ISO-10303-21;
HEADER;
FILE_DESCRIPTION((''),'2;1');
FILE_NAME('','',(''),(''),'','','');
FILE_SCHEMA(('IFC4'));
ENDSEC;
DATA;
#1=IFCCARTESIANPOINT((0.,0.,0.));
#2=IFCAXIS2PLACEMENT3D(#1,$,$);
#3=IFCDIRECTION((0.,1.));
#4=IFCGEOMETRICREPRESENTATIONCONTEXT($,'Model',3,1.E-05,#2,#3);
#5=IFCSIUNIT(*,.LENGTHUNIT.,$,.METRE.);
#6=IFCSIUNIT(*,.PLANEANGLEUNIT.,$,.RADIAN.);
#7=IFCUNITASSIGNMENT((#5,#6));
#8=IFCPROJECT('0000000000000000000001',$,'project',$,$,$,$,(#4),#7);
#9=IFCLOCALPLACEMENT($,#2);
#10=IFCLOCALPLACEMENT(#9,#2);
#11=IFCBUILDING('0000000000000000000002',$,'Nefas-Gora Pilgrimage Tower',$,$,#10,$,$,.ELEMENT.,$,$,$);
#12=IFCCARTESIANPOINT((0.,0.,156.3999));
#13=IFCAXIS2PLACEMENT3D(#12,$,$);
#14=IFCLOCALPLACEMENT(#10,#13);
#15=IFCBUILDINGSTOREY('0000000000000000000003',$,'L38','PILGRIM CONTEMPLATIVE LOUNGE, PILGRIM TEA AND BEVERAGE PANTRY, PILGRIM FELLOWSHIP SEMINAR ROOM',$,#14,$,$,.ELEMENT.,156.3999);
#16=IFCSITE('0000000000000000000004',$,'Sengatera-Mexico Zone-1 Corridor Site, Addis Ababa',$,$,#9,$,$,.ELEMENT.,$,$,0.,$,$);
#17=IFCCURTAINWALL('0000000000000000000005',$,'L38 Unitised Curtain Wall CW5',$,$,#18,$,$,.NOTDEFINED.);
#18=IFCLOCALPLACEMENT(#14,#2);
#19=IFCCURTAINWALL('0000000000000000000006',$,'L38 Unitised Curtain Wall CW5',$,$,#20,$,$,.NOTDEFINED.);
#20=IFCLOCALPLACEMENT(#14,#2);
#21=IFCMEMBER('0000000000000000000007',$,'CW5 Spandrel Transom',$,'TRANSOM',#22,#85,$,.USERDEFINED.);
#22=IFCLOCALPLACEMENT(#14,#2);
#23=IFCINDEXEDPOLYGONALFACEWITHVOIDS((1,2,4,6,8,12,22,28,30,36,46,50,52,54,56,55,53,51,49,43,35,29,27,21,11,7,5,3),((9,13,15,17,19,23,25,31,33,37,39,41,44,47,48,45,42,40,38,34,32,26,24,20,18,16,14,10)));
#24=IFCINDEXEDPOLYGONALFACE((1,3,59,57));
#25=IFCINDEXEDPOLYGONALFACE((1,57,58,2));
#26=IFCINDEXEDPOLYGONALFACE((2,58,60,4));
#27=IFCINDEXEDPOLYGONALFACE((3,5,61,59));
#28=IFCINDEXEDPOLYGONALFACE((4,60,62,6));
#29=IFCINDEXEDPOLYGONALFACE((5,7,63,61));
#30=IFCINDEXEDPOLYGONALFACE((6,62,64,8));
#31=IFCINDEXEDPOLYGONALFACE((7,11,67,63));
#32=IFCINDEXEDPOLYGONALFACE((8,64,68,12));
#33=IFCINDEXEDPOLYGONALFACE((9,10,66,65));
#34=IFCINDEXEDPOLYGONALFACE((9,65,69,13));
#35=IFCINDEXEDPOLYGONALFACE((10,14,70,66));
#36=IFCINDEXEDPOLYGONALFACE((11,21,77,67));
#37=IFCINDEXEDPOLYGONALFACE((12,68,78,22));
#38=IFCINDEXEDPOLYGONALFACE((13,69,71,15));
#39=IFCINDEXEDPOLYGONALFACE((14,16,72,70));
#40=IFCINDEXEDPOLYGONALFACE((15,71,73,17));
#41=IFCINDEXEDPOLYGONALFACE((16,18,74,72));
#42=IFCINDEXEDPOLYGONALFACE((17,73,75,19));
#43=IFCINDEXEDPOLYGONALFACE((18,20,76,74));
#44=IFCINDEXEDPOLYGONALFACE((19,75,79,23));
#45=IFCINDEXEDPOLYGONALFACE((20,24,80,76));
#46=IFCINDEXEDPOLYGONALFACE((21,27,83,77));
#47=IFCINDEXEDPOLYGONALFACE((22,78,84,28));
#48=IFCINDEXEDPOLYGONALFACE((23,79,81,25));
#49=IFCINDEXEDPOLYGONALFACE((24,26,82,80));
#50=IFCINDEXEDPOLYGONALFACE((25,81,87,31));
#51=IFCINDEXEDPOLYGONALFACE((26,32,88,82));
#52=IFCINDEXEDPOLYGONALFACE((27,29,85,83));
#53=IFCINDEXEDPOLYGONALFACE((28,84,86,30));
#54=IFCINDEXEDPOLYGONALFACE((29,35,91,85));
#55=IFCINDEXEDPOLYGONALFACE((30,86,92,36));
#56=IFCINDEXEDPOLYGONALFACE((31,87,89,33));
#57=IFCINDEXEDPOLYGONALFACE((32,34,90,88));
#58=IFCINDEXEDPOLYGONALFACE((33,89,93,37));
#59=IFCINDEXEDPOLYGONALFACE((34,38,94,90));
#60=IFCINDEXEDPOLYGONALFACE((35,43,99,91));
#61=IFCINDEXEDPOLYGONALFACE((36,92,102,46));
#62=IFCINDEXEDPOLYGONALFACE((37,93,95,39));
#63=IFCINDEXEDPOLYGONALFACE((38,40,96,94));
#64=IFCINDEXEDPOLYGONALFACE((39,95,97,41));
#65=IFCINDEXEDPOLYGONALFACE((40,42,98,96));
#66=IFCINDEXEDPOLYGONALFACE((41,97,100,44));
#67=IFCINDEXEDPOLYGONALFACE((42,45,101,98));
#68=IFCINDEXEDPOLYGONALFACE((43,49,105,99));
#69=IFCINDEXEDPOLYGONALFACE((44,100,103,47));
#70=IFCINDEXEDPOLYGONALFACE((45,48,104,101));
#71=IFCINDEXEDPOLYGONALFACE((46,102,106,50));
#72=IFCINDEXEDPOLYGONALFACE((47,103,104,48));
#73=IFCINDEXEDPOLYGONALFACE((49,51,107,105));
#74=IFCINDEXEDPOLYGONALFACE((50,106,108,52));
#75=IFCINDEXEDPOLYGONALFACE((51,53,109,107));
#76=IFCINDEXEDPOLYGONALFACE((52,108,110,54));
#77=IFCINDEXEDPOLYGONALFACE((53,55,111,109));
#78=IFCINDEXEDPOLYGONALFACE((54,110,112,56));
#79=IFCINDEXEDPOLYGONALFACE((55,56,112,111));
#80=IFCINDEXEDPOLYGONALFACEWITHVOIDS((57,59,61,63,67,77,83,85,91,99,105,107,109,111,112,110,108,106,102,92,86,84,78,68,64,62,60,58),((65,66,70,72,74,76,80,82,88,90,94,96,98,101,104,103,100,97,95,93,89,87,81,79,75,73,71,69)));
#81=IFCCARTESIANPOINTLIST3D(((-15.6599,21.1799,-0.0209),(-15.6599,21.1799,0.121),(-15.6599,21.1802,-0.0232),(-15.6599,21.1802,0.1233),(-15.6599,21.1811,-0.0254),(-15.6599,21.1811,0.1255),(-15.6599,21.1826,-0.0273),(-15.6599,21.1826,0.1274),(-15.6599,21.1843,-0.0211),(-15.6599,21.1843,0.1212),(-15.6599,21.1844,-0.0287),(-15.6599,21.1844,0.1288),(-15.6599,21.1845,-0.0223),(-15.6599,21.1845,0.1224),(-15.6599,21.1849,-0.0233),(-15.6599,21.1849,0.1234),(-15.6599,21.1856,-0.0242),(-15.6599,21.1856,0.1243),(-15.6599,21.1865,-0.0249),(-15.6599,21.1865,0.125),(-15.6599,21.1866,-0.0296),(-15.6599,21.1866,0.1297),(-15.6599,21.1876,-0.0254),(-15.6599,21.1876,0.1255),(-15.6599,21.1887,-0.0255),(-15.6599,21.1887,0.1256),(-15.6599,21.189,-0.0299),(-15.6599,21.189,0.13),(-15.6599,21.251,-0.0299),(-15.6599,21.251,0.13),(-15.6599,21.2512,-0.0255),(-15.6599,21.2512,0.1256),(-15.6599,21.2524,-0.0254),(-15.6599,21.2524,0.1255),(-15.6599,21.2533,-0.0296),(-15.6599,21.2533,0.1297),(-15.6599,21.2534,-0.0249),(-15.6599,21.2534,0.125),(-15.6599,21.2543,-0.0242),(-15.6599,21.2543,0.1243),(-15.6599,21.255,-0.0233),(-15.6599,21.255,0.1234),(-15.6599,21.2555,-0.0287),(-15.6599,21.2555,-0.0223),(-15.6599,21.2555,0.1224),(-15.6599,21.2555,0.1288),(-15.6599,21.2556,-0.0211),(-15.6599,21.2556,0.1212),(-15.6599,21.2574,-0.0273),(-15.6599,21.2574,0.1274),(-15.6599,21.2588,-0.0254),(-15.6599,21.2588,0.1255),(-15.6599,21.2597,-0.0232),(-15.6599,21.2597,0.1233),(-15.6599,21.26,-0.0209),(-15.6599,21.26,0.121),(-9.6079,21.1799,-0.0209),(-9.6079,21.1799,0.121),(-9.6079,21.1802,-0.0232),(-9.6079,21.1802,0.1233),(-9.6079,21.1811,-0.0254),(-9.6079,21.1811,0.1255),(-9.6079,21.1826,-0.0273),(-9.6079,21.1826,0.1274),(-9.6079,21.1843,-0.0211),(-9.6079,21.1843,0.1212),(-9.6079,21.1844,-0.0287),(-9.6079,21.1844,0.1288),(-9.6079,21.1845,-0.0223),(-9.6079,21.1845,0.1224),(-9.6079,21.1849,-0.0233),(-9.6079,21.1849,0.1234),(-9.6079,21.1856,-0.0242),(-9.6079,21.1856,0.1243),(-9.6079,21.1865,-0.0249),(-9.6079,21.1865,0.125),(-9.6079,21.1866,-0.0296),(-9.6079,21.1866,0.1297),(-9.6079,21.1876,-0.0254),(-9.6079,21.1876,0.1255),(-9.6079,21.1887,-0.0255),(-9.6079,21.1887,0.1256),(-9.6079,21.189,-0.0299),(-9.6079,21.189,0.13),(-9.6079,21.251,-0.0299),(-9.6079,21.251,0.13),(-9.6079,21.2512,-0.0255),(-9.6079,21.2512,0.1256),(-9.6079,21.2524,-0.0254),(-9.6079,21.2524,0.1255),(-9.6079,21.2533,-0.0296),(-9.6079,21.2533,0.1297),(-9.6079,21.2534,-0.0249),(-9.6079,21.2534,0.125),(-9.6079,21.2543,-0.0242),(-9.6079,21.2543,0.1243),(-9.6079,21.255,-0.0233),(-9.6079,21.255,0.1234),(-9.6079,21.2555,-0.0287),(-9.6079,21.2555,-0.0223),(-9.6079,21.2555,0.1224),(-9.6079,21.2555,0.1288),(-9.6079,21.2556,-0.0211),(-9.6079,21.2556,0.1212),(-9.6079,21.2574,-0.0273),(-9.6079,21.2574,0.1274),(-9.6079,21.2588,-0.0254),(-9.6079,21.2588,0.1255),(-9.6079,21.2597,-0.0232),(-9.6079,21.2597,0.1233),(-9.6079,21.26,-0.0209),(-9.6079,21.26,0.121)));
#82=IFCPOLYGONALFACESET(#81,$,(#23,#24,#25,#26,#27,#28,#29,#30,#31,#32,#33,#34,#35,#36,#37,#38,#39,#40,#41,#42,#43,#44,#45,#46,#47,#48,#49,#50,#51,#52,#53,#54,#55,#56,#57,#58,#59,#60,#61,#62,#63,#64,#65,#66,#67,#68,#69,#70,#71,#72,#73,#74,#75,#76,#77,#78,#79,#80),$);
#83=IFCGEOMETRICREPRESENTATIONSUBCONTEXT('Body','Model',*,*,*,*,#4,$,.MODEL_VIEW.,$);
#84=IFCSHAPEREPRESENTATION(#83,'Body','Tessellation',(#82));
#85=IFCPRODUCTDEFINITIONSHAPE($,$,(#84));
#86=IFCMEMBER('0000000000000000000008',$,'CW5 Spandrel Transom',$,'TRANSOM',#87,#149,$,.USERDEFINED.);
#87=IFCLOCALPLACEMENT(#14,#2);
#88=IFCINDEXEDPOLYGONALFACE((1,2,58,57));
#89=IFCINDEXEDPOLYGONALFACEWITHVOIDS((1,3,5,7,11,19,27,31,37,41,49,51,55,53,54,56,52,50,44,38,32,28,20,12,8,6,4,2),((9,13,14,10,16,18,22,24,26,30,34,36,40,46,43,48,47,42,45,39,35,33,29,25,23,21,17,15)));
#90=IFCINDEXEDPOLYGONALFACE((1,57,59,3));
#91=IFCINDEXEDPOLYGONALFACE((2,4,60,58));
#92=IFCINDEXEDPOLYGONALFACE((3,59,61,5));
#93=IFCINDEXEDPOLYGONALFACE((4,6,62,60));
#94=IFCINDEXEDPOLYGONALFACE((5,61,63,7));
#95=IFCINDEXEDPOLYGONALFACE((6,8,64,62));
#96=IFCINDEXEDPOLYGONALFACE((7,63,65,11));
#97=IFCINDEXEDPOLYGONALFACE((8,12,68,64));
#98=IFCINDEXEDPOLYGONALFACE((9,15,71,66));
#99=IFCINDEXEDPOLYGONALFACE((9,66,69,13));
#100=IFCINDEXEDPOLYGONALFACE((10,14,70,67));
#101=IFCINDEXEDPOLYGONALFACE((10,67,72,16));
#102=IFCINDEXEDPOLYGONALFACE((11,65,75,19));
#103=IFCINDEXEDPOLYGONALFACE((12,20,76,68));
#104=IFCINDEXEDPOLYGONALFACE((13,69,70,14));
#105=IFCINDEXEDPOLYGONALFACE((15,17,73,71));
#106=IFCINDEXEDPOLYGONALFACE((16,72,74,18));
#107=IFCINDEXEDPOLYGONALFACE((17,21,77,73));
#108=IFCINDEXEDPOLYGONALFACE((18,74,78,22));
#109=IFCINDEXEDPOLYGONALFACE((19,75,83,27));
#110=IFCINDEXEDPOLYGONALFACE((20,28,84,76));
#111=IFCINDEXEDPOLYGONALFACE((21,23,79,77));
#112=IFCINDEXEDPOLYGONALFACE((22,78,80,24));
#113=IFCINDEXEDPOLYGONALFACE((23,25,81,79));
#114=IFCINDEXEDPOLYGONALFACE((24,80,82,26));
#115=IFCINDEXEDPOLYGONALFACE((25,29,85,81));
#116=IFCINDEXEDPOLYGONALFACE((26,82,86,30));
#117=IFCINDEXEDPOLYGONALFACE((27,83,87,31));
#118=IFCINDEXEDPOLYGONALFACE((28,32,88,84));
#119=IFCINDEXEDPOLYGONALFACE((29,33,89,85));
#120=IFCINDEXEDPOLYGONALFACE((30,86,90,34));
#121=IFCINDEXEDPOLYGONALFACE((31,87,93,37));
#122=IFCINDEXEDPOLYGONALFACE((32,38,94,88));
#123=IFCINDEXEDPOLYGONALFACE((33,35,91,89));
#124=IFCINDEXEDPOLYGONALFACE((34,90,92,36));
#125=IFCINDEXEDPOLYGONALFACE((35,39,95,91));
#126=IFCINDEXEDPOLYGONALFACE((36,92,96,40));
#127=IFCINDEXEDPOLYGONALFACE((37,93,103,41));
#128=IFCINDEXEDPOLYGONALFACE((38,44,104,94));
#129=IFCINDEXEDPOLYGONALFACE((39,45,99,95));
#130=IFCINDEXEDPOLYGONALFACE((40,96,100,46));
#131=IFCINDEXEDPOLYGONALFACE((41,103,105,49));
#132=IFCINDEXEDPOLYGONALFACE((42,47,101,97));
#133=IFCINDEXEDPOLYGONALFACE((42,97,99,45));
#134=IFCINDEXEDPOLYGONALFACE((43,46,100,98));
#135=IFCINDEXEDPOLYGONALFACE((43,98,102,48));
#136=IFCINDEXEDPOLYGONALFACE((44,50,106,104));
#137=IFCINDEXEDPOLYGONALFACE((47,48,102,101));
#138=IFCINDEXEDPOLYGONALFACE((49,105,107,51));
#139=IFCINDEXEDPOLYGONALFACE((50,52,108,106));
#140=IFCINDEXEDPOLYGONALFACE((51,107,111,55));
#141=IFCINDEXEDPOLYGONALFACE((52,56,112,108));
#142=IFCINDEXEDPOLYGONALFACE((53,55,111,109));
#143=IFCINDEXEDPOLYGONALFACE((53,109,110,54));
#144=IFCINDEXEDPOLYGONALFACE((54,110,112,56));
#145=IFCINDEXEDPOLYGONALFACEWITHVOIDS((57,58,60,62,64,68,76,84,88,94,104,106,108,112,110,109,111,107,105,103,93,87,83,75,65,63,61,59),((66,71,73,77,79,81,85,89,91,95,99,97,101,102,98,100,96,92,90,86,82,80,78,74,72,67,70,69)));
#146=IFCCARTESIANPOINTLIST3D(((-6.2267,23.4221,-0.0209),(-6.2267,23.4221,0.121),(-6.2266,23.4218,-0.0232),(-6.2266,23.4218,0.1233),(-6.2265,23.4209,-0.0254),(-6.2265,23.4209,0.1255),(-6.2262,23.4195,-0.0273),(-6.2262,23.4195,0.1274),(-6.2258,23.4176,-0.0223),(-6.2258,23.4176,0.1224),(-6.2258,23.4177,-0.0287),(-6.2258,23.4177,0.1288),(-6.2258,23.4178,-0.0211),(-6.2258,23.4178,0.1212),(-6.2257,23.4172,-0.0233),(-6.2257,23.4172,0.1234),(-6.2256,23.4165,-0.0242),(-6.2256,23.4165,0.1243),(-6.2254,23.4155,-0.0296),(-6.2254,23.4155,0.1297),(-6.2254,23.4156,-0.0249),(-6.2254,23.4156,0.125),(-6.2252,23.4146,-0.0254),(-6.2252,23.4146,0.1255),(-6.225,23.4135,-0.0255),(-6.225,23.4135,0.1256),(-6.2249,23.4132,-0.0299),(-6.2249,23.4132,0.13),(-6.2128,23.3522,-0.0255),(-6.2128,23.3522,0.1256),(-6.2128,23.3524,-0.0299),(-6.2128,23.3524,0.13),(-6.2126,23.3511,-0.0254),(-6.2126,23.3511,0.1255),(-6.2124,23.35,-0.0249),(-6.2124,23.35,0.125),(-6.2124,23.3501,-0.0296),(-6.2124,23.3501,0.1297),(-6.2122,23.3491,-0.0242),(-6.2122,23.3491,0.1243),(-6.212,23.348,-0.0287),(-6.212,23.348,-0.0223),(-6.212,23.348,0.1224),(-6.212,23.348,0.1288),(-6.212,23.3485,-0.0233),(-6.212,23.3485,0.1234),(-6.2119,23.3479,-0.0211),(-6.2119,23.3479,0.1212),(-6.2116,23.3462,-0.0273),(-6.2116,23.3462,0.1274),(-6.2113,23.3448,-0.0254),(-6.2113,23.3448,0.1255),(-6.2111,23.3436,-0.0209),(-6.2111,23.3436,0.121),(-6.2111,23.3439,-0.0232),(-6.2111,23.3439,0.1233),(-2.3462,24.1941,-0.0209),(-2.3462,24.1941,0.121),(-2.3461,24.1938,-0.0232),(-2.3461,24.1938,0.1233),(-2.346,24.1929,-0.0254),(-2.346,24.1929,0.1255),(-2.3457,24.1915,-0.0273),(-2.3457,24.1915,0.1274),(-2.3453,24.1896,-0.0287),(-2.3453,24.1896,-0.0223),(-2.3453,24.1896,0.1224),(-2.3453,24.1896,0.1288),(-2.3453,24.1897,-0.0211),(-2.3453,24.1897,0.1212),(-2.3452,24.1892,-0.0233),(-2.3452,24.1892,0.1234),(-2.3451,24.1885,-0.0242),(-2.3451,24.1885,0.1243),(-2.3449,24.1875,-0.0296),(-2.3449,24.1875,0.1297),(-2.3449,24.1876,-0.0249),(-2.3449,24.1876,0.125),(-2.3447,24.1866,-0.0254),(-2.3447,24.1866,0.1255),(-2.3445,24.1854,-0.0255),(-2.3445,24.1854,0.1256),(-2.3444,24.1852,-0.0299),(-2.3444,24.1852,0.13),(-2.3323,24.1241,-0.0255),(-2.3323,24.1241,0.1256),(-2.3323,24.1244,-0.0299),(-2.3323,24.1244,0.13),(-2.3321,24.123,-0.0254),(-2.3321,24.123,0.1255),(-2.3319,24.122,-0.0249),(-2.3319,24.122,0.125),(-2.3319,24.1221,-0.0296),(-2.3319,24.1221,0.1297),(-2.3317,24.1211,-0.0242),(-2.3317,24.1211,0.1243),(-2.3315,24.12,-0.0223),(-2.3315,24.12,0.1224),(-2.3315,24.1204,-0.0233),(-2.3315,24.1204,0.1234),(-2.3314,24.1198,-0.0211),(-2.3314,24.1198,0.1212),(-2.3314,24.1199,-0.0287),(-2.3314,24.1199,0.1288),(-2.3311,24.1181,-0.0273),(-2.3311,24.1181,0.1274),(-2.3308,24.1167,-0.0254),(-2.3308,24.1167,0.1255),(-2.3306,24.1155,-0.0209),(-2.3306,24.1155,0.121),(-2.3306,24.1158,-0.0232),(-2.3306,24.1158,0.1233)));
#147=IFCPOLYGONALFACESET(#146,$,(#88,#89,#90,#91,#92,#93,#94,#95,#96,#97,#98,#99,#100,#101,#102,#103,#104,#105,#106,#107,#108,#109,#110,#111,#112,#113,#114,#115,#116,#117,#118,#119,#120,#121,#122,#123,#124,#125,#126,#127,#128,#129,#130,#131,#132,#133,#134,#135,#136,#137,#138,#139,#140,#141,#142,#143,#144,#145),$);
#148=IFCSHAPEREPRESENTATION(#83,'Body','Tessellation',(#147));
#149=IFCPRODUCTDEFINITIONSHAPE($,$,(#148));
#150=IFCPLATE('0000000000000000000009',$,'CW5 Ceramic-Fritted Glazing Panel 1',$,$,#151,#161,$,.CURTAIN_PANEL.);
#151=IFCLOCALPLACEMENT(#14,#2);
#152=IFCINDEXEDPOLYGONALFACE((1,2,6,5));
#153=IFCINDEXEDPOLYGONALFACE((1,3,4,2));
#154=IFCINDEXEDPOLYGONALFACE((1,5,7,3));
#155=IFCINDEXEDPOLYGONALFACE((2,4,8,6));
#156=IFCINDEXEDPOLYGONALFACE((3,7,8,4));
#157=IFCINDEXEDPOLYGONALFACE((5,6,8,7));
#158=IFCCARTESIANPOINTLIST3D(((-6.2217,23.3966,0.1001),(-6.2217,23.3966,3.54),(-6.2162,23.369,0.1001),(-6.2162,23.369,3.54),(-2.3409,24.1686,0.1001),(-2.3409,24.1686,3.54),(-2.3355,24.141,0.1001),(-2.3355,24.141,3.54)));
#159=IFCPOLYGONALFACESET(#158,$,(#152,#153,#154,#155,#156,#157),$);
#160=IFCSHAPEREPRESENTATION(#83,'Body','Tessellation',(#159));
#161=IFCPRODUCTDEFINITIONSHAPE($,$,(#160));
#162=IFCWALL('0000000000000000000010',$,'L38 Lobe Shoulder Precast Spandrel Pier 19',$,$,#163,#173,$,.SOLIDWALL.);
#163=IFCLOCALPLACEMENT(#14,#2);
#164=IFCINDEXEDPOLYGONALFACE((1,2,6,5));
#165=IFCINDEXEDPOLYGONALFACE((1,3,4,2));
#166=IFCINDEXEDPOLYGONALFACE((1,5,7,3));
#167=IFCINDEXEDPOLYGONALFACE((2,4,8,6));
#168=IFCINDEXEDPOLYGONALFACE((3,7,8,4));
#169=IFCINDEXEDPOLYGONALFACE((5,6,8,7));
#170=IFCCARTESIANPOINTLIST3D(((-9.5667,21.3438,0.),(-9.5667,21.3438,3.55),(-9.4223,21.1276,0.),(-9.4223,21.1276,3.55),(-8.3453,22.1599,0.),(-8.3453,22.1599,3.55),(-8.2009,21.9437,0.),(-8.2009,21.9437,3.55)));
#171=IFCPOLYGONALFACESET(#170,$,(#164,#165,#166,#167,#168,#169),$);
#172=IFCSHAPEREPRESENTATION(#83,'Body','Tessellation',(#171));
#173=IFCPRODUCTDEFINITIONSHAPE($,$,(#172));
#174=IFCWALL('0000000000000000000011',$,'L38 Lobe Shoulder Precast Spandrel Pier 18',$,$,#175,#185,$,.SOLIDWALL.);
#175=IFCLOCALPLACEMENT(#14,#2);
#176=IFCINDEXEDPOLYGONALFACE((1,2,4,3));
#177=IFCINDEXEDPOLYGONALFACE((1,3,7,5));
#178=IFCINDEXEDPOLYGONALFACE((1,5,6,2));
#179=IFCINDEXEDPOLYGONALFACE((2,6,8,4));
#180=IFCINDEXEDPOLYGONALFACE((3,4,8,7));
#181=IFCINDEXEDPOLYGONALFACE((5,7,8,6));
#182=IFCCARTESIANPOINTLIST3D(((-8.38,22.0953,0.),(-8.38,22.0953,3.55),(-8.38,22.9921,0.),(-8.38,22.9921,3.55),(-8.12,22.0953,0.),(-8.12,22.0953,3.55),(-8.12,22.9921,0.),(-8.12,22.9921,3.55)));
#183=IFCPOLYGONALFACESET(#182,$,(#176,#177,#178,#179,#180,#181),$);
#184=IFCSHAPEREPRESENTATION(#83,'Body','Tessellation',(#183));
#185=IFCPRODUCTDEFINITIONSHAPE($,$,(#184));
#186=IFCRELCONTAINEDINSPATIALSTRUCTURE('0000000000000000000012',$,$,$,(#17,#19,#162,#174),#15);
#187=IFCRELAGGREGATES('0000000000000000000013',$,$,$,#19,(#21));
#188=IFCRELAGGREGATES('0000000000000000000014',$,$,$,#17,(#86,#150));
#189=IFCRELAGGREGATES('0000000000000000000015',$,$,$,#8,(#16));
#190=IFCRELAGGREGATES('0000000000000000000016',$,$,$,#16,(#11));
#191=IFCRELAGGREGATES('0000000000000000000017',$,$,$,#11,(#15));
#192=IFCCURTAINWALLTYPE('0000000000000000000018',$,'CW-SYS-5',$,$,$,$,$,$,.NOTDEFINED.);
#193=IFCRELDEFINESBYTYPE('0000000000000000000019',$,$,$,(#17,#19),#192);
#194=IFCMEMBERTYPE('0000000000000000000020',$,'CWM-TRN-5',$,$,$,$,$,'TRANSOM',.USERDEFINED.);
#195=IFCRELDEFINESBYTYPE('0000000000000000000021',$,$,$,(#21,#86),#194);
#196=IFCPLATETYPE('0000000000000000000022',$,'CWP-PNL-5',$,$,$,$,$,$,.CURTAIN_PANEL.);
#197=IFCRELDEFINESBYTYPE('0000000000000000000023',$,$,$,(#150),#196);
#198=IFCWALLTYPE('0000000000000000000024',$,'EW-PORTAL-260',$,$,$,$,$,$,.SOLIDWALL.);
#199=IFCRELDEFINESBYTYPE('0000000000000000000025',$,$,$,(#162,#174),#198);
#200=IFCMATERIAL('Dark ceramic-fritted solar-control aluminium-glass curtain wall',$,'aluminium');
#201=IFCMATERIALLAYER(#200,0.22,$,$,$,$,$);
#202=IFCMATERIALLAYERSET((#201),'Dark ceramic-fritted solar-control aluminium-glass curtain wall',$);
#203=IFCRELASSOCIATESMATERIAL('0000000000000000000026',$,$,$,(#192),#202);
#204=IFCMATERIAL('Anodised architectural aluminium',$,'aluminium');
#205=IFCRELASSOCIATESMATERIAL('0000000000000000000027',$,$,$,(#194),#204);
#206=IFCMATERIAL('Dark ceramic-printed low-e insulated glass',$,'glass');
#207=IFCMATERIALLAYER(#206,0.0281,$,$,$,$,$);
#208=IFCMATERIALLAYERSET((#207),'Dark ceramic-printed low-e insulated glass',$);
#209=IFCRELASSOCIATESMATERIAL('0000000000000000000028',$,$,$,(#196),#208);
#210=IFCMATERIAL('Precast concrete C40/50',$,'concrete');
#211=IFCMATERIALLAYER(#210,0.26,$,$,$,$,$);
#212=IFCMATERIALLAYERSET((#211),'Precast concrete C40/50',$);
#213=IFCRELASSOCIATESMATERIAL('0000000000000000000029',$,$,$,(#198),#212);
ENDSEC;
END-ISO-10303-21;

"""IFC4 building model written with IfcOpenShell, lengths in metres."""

from ifc_helpers import new_model, si_unit, direction, frame, frame_2d, origin, origin_2d, place, context, subcontext, project, spatial, rectangle, hollow_rectangle, extrude, source, transform, mapped, material, layer, layer_set, material_profile, profile_set, type_object, element, aggregate, save


model = new_model("IFC4")

# Units and contexts
model_context = context("Model", 3, precision=1e-05, world=origin(), true_north=direction((0.0, 1.0)))
body_context = subcontext(model_context, "Body", "Model", "MODEL_VIEW")
ifc_project = project(units=[si_unit("LENGTHUNIT", "METRE"), si_unit("PLANEANGLEUNIT", "RADIAN")], contexts=[model_context])

# Site, building, storey
site_placement = place(None, origin())
site = spatial("IfcSite", under=ifc_project, at=site_placement, Name="Sengatera-Mexico Zone-1 Corridor Site, Addis Ababa", CompositionType="ELEMENT", RefElevation=0.0)
building_placement = place(site_placement, origin())
building = spatial("IfcBuilding", under=site, at=building_placement, Name="Nefas-Gora Pilgrimage Tower", CompositionType="ELEMENT")
storey_placement = place(building_placement, frame((0.0, 0.0, 156.3999)))
storey = spatial("IfcBuildingStorey", under=building, at=storey_placement, Name="L38", Description="PILGRIM CONTEMPLATIVE LOUNGE, PILGRIM TEA AND BEVERAGE PANTRY, PILGRIM FELLOWSHIP SEMINAR ROOM", CompositionType="ELEMENT", Elevation=156.3999)

# Curtain walls, member
ifc_material_1 = material(Name="Dark ceramic-fritted solar-control aluminium-glass curtain wall", Category="aluminium")
ifc_layer_1 = layer(ifc_material_1, 0.22)
ifc_layer_set_1 = layer_set([ifc_layer_1], Name="Dark ceramic-fritted solar-control aluminium-glass curtain wall")
curtain_wall_type = type_object("IfcCurtainWallType", Name="CW-SYS-5", PredefinedType="NOTDEFINED", material=ifc_layer_set_1)
curtain_wall_1_placement = place(storey_placement, origin())
curtain_wall_1 = element("IfcCurtainWall", 1, at=curtain_wall_1_placement, inside=storey, type_object=curtain_wall_type, Name="L38 Unitised Curtain Wall CW5", PredefinedType="NOTDEFINED")
ifc_material_2 = material(Name="Anodised architectural aluminium", Category="aluminium")
curtain_wall_2_placement = place(storey_placement, origin())
curtain_wall_2 = element("IfcCurtainWall", 2, at=curtain_wall_2_placement, inside=storey, type_object=curtain_wall_type, Name="L38 Unitised Curtain Wall CW5", PredefinedType="NOTDEFINED")
ifc_material_profile_1 = material_profile(ifc_material_2, hollow_rectangle(XDim=0.0801, YDim=0.1599, WallThickness=0.0044, InnerFilletRadius=0.0044, OuterFilletRadius=0.009, at=origin_2d()), Name="ALU TRANSOM 80x160")
ifc_profile_set_1 = profile_set([ifc_material_profile_1], Name="Anodised architectural aluminium")
member_type_1 = type_object("IfcMemberType", Name="CWM-TRN-5", ElementType="TRANSOM", PredefinedType="USERDEFINED", material=ifc_profile_set_1)
shared_shape_1 = source(origin(), body_context, "Body", "SweptSolid", [
    extrude(hollow_rectangle(XDim=0.0801, YDim=0.1599, WallThickness=0.0044, InnerFilletRadius=0.0044, OuterFilletRadius=0.009, at=origin_2d()), origin(), (0.0, 0.0, 1.0), 6.052),
])
member_1_placement = place(storey_placement, frame((-9.6079, 21.22, 0.05), z_axis=(-1.0, 0.0, 0.0), x_axis=(0.0, -1.0, 0.0)))
member_1 = element("IfcMember", 3, at=member_1_placement, type_object=member_type_1, Name="CW5 Spandrel Transom", ObjectType="TRANSOM", PredefinedType="USERDEFINED", context=body_context, shape_type="MappedRepresentation", body=[
    mapped(shared_shape_1, transform((0.0, 0.0, 0.0), x_axis=(1.0, 0.0, 0.0), y_axis=(0.0, 1.0, 0.0), z_axis=(0.0, 0.0, 1.0), scale=1.0)),
])
aggregate(curtain_wall_2, [member_1])

# Member
shared_shape_2 = source(origin(), body_context, "Body", "SweptSolid", [
    extrude(hollow_rectangle(XDim=0.0801, YDim=0.1599, WallThickness=0.0044, InnerFilletRadius=0.0044, OuterFilletRadius=0.009, at=origin_2d()), origin(), (0.0, 0.0, 1.0), 3.9565),
])
member_2_placement = place(storey_placement, frame((-2.3384, 24.1548, 0.05), z_axis=(-0.980782, -0.195107, 0.0), x_axis=(0.195107, -0.980782, 0.0)))
member_2 = element("IfcMember", 4, at=member_2_placement, type_object=member_type_1, Name="CW5 Spandrel Transom", ObjectType="TRANSOM", PredefinedType="USERDEFINED", context=body_context, shape_type="MappedRepresentation", body=[
    mapped(shared_shape_2, transform((0.0, 0.0, 0.0), x_axis=(1.0, 0.0, 0.0), y_axis=(0.0, 1.0, 0.0), z_axis=(0.0, 0.0, 1.0), scale=1.0)),
])

# Plate
ifc_material_3 = material(Name="Dark ceramic-printed low-e insulated glass", Category="glass")
ifc_layer_2 = layer(ifc_material_3, 0.0281)
ifc_layer_set_2 = layer_set([ifc_layer_2], Name="Dark ceramic-printed low-e insulated glass")
plate_type = type_object("IfcPlateType", Name="CWP-PNL-5", PredefinedType="CURTAIN_PANEL", material=ifc_layer_set_2)
shared_shape_3 = source(origin(), body_context, "Body", "SweptSolid", [
    extrude(rectangle(XDim=3.9568, YDim=0.0281, at=origin_2d()), origin(), (0.0, 0.0, 1.0), 3.4399),
])
plate_placement = place(storey_placement, frame((-4.2786, 23.7688, 0.1001), z_axis=(0.0, 0.0, 1.0), x_axis=(-0.980783, -0.195102, 0.0)))
plate = element("IfcPlate", 5, at=plate_placement, type_object=plate_type, Name="CW5 Ceramic-Fritted Glazing Panel 1", PredefinedType="CURTAIN_PANEL", context=body_context, shape_type="MappedRepresentation", body=[
    mapped(shared_shape_3, transform((0.0, 0.0, 0.0), x_axis=(1.0, 0.0, 0.0), y_axis=(0.0, 1.0, 0.0), z_axis=(0.0, 0.0, 1.0), scale=1.0)),
])
aggregate(curtain_wall_1, [member_2, plate])

# Walls
ifc_material_4 = material(Name="Precast concrete C40/50", Category="concrete")
ifc_layer_3 = layer(ifc_material_4, 0.26)
ifc_layer_set_3 = layer_set([ifc_layer_3], Name="Precast concrete C40/50")
wall_type_1 = type_object("IfcWallType", Name="EW-PORTAL-260", PredefinedType="SOLIDWALL", material=ifc_layer_set_3)
shared_shape_4 = source(origin(), body_context, "Body", "SweptSolid", [
    extrude(rectangle(XDim=1.469, YDim=0.26, at=frame_2d((0.7344, 0.0))), origin(), (0.0, 0.0, 1.0), 3.55),
])
wall_1_placement = place(storey_placement, frame((-8.2732, 22.0518, 0.0), z_axis=(0.0, 0.0, 1.0), x_axis=(-0.831462, -0.555582, 0.0)))
element("IfcWall", 6, at=wall_1_placement, inside=storey, type_object=wall_type_1, Name="L38 Lobe Shoulder Precast Spandrel Pier 19", PredefinedType="SOLIDWALL", context=body_context, shape_type="MappedRepresentation", body=[
    mapped(shared_shape_4, transform((0.0, 0.0, 0.0), x_axis=(1.0, 0.0, 0.0), y_axis=(0.0, 1.0, 0.0), z_axis=(0.0, 0.0, 1.0), scale=1.0)),
])
shared_shape_5 = source(origin(), body_context, "Body", "SweptSolid", [
    extrude(rectangle(XDim=0.8967, YDim=0.26, at=frame_2d((0.4482, 0.0))), origin(), (0.0, 0.0, 1.0), 3.55),
])
wall_2_placement = place(storey_placement, frame((-8.25, 22.9919, 0.0), z_axis=(0.0, 0.0, 1.0), x_axis=(0.0, -1.0, 0.0)))
element("IfcWall", 7, at=wall_2_placement, inside=storey, type_object=wall_type_1, Name="L38 Lobe Shoulder Precast Spandrel Pier 18", PredefinedType="SOLIDWALL", context=body_context, shape_type="MappedRepresentation", body=[
    mapped(shared_shape_5, transform((0.0, 0.0, 0.0), x_axis=(1.0, 0.0, 0.0), y_axis=(0.0, 1.0, 0.0), z_axis=(0.0, 0.0, 1.0), scale=1.0)),
])

save(model, "model.ifc")
